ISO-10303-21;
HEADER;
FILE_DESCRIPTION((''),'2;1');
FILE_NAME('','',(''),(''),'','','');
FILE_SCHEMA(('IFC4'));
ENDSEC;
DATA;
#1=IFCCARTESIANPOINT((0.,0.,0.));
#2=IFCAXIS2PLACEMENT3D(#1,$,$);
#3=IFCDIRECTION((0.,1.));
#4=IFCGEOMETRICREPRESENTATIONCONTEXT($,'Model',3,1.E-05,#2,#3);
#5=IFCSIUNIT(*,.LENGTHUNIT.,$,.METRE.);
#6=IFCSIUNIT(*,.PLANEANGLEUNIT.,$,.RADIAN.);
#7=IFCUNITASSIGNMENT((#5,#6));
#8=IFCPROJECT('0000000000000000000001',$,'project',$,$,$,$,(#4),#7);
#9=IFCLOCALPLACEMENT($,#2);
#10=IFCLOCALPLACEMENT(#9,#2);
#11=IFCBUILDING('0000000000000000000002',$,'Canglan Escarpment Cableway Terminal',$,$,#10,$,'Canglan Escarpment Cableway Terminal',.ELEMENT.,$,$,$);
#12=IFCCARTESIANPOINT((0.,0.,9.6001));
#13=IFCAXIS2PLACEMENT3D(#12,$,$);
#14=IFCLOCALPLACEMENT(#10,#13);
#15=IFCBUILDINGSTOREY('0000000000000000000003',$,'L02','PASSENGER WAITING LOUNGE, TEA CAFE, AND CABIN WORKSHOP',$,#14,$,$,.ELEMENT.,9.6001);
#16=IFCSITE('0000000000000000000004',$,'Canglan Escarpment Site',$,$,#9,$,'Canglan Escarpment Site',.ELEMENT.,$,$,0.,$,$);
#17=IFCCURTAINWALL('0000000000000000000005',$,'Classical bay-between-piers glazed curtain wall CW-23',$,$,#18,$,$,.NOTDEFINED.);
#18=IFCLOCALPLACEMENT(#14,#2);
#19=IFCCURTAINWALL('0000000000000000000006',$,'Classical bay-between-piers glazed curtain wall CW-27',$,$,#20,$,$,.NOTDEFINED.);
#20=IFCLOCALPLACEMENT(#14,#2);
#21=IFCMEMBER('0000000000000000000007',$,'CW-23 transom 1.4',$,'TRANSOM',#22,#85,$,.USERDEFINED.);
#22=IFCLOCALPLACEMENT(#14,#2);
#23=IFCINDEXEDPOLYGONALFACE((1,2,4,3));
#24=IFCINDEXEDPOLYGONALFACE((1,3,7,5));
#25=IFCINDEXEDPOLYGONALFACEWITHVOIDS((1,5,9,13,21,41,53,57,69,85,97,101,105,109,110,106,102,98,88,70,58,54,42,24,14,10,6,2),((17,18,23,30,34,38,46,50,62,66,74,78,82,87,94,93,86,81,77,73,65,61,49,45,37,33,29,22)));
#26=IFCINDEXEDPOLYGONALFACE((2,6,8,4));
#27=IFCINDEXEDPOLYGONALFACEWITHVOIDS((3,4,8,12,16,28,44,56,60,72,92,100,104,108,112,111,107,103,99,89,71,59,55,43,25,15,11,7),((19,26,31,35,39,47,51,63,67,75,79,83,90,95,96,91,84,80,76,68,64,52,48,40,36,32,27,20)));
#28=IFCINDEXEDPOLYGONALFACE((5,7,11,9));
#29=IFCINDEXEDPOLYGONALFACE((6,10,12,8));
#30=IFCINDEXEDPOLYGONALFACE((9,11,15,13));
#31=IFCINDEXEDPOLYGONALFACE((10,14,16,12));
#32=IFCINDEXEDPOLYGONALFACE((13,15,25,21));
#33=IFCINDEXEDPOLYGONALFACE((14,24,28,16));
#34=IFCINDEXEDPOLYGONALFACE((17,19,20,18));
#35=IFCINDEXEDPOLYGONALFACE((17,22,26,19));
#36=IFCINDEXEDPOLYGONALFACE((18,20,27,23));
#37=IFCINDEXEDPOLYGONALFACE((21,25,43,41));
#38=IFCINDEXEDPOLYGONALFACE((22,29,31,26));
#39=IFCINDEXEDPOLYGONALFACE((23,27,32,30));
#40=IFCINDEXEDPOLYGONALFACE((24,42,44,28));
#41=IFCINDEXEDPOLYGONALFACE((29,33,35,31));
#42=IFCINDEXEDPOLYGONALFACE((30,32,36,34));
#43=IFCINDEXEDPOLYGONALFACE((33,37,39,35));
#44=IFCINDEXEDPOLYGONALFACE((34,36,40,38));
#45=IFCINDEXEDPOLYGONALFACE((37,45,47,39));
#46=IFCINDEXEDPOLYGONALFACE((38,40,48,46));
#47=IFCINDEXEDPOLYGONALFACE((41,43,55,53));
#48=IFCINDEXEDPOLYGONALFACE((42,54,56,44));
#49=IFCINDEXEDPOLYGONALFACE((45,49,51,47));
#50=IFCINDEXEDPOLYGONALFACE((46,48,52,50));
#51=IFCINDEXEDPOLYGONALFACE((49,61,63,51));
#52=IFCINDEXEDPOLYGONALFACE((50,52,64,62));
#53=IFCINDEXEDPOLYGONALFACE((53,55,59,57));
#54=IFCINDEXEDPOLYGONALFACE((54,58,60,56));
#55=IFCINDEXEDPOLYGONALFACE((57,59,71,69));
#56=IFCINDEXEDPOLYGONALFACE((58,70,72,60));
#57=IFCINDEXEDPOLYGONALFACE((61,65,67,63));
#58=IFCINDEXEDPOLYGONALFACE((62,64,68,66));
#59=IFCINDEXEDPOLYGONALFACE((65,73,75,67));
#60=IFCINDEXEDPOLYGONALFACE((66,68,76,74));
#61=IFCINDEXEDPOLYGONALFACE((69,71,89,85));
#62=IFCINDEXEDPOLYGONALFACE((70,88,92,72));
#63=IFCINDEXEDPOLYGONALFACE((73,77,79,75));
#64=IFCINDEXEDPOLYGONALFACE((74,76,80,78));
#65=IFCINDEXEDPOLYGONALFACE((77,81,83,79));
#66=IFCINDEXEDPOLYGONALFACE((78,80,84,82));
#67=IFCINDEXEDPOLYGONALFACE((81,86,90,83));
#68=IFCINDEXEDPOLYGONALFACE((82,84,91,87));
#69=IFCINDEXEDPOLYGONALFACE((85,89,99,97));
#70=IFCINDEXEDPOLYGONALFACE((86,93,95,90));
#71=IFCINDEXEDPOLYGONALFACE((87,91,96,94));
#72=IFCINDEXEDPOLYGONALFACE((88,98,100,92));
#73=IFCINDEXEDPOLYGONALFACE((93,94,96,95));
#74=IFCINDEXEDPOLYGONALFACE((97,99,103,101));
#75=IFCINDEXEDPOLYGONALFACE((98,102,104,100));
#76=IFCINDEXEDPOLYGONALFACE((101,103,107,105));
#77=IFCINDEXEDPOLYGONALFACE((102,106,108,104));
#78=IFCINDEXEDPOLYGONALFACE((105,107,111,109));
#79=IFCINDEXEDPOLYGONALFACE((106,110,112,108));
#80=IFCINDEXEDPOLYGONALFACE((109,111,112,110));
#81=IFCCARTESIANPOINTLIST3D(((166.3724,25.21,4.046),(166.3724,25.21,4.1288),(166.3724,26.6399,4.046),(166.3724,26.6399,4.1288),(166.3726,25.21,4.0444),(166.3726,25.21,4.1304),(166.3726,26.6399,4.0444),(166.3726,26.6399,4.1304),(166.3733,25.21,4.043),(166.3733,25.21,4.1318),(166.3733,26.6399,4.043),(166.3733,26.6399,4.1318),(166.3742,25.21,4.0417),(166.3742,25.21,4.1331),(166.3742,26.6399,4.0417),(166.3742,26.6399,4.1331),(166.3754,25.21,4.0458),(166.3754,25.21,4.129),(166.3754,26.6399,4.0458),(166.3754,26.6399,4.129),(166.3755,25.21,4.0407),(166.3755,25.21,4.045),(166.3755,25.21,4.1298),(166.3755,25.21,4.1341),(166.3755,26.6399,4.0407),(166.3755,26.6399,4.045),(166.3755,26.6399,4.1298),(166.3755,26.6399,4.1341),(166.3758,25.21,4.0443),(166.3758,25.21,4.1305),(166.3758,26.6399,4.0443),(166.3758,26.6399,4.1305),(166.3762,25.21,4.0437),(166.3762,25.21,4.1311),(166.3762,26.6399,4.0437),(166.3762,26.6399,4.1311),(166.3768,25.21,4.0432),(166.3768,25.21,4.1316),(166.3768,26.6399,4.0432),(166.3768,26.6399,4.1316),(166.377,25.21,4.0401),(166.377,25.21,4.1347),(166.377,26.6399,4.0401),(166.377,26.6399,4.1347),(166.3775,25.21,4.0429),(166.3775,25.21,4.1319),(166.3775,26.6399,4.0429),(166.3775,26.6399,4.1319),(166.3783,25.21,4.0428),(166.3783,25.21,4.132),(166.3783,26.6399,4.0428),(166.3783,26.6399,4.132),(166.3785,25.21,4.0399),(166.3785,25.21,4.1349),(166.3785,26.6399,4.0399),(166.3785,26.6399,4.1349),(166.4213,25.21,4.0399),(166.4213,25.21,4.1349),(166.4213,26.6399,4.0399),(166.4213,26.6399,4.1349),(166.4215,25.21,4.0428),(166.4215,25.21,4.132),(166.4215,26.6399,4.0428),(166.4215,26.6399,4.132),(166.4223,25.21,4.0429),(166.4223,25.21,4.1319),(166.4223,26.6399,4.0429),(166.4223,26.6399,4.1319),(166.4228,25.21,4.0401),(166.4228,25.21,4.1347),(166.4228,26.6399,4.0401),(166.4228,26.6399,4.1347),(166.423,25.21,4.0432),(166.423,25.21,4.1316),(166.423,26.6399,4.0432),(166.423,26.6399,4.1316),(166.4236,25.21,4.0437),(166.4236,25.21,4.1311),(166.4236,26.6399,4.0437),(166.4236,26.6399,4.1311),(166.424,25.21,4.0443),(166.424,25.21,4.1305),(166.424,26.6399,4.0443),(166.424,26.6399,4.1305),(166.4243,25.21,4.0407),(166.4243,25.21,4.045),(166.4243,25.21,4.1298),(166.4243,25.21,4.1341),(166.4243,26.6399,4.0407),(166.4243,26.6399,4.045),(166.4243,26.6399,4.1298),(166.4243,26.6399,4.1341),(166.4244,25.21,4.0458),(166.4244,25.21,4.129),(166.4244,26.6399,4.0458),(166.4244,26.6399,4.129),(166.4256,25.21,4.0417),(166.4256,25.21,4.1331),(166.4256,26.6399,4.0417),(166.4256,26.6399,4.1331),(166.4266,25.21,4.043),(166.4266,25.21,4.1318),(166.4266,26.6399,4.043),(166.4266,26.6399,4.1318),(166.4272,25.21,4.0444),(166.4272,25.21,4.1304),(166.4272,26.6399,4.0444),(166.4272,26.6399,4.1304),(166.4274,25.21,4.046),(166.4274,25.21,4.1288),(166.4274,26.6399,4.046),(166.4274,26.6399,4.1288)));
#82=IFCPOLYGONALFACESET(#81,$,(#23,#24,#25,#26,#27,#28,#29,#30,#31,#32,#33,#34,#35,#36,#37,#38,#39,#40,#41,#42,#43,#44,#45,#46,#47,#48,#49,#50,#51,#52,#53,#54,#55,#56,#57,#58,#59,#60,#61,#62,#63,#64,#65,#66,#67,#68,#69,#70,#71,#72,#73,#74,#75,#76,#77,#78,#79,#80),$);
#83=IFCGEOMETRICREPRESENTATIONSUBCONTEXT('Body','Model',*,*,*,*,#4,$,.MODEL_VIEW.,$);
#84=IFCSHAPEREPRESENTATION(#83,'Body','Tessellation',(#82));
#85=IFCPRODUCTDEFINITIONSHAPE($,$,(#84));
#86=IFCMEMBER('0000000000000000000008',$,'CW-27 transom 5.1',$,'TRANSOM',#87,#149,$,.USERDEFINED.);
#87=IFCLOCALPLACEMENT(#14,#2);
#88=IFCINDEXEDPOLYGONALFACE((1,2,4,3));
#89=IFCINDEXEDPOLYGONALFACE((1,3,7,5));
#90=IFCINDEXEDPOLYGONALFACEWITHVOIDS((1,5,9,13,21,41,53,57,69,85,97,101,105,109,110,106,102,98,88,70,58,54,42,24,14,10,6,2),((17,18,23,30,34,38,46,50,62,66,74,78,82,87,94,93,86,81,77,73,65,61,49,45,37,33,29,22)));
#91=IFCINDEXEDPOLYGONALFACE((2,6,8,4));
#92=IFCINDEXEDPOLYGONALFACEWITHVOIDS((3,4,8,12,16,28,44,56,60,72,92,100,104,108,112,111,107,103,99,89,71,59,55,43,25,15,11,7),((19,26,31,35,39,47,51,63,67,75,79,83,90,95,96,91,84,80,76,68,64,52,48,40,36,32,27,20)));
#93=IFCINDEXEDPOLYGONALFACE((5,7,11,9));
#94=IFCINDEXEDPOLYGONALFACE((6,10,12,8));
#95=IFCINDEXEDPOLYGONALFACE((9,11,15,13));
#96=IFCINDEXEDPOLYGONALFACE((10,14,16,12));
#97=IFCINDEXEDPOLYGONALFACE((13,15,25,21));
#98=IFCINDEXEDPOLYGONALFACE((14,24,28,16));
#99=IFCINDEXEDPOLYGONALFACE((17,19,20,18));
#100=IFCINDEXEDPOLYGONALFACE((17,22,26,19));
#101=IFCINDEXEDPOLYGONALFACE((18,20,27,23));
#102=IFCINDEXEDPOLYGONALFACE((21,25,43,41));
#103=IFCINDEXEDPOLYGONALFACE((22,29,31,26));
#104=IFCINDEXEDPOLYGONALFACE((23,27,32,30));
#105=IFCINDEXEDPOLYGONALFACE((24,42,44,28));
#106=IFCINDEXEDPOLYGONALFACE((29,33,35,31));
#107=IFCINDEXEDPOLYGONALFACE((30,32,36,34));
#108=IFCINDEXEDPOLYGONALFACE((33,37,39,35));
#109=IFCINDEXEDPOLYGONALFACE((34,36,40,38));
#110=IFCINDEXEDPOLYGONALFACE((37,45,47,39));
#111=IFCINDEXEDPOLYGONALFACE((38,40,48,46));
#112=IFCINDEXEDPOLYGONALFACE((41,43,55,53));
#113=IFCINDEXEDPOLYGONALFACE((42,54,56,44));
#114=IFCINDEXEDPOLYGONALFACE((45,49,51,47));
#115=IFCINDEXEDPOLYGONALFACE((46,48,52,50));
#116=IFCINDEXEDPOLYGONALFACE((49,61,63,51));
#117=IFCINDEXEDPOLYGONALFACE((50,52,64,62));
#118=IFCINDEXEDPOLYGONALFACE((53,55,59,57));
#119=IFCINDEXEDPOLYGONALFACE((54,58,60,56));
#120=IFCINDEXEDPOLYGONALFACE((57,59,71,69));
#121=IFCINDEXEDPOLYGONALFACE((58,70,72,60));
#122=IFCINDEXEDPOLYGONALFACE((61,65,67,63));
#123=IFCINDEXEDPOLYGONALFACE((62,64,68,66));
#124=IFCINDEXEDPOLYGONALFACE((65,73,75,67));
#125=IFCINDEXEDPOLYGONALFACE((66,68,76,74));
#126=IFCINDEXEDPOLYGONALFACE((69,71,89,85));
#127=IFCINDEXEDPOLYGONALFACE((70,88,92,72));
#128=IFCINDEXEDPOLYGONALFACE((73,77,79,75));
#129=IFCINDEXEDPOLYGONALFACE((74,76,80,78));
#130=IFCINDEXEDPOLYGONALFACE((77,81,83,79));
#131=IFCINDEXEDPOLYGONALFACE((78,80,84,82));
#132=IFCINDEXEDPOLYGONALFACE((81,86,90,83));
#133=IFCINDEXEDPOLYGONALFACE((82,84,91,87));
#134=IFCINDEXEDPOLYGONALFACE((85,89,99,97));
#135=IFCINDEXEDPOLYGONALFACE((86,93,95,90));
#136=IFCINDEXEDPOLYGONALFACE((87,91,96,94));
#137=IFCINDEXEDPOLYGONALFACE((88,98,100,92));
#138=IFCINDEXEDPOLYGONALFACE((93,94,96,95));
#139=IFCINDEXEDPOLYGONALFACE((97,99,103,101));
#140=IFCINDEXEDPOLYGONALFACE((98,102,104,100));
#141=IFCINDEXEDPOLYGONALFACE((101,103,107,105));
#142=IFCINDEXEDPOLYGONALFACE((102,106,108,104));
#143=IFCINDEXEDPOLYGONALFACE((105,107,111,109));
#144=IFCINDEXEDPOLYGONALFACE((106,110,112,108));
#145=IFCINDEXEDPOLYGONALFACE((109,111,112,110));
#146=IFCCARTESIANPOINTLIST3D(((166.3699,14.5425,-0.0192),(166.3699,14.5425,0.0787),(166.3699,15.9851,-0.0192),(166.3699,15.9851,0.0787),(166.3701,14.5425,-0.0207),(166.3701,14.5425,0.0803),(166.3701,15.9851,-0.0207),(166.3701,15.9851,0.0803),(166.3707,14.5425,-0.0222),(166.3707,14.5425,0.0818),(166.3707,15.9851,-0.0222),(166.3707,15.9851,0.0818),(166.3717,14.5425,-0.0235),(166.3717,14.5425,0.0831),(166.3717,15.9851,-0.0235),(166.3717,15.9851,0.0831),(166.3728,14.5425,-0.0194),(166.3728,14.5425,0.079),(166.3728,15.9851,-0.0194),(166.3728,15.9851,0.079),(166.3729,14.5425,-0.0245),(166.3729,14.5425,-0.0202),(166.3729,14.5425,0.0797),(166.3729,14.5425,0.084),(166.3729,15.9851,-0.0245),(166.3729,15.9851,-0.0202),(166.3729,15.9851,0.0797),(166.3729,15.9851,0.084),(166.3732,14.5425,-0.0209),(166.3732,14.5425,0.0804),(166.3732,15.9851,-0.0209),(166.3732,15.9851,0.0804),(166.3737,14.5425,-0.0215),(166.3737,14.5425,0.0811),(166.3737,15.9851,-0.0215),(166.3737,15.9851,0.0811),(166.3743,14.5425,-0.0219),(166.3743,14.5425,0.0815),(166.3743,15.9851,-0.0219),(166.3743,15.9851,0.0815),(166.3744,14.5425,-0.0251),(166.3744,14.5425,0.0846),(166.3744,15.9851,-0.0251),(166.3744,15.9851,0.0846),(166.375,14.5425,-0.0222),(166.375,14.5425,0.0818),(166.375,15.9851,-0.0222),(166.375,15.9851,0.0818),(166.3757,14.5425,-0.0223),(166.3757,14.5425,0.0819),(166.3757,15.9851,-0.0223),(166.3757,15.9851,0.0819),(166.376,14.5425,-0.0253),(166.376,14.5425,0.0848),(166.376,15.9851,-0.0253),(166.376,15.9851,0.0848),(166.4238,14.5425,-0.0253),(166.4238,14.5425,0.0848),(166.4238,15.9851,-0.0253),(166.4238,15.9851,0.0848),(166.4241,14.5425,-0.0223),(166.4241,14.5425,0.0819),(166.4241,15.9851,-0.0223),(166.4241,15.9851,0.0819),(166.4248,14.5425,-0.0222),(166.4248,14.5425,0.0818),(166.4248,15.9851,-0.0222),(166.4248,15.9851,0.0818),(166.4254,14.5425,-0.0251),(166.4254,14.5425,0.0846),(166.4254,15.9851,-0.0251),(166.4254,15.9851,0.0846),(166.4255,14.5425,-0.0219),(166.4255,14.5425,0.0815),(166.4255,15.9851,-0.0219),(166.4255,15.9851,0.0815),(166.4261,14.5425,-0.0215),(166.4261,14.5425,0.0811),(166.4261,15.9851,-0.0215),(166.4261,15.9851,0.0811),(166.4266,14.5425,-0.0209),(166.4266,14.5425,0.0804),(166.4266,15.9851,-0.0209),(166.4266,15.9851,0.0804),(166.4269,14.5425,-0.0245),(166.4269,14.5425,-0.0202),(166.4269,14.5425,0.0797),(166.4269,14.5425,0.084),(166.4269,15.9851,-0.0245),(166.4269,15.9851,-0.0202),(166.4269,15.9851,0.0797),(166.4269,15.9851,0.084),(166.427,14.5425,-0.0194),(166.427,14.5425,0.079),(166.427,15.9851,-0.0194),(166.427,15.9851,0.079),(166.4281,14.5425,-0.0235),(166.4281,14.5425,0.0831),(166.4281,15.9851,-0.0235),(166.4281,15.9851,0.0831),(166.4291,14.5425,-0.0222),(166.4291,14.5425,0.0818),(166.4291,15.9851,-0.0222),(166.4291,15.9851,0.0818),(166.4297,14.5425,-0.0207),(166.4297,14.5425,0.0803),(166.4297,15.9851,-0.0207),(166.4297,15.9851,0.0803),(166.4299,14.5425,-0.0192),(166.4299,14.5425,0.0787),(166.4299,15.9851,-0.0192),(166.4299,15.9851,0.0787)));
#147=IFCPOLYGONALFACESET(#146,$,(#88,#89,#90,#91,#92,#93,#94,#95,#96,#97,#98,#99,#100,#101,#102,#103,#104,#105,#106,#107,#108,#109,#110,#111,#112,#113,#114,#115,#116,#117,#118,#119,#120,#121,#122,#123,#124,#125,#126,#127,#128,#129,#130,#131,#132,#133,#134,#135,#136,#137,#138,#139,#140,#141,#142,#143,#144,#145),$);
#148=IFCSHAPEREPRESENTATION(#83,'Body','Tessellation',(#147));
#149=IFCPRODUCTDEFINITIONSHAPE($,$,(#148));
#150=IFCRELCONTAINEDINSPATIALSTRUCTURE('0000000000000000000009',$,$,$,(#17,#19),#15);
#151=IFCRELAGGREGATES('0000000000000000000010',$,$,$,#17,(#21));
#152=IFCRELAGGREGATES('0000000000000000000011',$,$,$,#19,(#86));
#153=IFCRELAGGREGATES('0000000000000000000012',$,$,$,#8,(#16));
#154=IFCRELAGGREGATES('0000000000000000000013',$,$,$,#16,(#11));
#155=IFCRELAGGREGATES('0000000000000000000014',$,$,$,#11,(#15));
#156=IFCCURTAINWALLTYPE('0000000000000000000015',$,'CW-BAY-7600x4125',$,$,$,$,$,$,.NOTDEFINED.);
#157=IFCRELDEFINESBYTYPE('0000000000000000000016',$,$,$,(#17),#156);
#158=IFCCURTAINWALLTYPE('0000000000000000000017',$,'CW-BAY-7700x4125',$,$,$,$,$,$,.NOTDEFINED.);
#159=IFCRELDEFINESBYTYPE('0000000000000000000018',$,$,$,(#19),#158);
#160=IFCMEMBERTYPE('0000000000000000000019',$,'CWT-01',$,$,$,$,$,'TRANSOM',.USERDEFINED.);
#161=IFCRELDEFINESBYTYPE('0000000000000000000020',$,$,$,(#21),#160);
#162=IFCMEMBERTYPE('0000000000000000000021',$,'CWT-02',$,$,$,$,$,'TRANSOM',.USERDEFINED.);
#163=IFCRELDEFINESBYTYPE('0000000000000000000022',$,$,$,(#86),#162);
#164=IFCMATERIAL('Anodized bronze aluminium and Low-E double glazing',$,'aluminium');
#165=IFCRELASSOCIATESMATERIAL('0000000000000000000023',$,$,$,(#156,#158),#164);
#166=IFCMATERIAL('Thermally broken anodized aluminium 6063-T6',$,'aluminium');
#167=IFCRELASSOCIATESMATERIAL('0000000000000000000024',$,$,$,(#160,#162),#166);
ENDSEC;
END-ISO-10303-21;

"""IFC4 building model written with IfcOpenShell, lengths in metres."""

from ifc_helpers import new_model, si_unit, direction, frame, origin, origin_2d, place, context, subcontext, project, spatial, hollow_rectangle, extrude, material, material_profile, profile_set, type_object, element, aggregate, save


model = new_model("IFC4")

# Units and contexts
model_context = context("Model", 3, precision=1e-05, world=origin(), true_north=direction((0.0, 1.0)))
body_context = subcontext(model_context, "Body", "Model", "MODEL_VIEW")
ifc_project = project(units=[si_unit("LENGTHUNIT", "METRE"), si_unit("PLANEANGLEUNIT", "RADIAN")], contexts=[model_context])

# Site, building, storey
site_placement = place(None, origin())
site = spatial("IfcSite", under=ifc_project, at=site_placement, Name="Canglan Escarpment Site", LongName="Canglan Escarpment Site", CompositionType="ELEMENT", RefElevation=0.0)
building_placement = place(site_placement, origin())
building = spatial("IfcBuilding", under=site, at=building_placement, Name="Canglan Escarpment Cableway Terminal", LongName="Canglan Escarpment Cableway Terminal", CompositionType="ELEMENT")
storey_placement = place(building_placement, frame((0.0, 0.0, 9.6001)))
storey = spatial("IfcBuildingStorey", under=building, at=storey_placement, Name="L02", Description="PASSENGER WAITING LOUNGE, TEA CAFE, AND CABIN WORKSHOP", CompositionType="ELEMENT", Elevation=9.6001)

# Curtain wall
ifc_material_1 = material(Name="Anodized bronze aluminium and Low-E double glazing", Category="aluminium")
curtain_wall_type_1 = type_object("IfcCurtainWallType", Name="CW-BAY-7600x4125", PredefinedType="NOTDEFINED", material=ifc_material_1)
curtain_wall_1_placement = place(storey_placement, origin())
curtain_wall_1 = element("IfcCurtainWall", 1, at=curtain_wall_1_placement, inside=storey, type_object=curtain_wall_type_1, Name="Classical bay-between-piers glazed curtain wall CW-23", PredefinedType="NOTDEFINED")
ifc_material_2 = material(Name="Thermally broken anodized aluminium 6063-T6", Category="aluminium")

# Curtain wall
curtain_wall_type_2 = type_object("IfcCurtainWallType", Name="CW-BAY-7700x4125", PredefinedType="NOTDEFINED", material=ifc_material_1)
curtain_wall_2_placement = place(storey_placement, origin())
curtain_wall_2 = element("IfcCurtainWall", 2, at=curtain_wall_2_placement, inside=storey, type_object=curtain_wall_type_2, Name="Classical bay-between-piers glazed curtain wall CW-27", PredefinedType="NOTDEFINED")

# Members
ifc_material_profile_1 = material_profile(ifc_material_2, hollow_rectangle(XDim=0.0549, YDim=0.095, WallThickness=0.0029, InnerFilletRadius=0.0029, OuterFilletRadius=0.0061, at=origin_2d()), Name="ALU-TRAN 55x95x3")
ifc_profile_set_1 = profile_set([ifc_material_profile_1], Name="Thermally broken anodized aluminium 6063-T6")
member_type_1 = type_object("IfcMemberType", Name="CWT-01", ElementType="TRANSOM", PredefinedType="USERDEFINED", material=ifc_profile_set_1)
member_1_placement = place(storey_placement, frame((166.3999, 25.21, 4.0874), z_axis=(0.0, 1.0, 0.0), x_axis=(-1.0, 0.0, 0.0)))
member_1 = element("IfcMember", 3, at=member_1_placement, type_object=member_type_1, Name="CW-23 transom 1.4", ObjectType="TRANSOM", PredefinedType="USERDEFINED", context=body_context, shape_type="SweptSolid", body=[
    extrude(hollow_rectangle(XDim=0.0549, YDim=0.095, WallThickness=0.0029, InnerFilletRadius=0.0029, OuterFilletRadius=0.0061, at=origin_2d()), origin(), (0.0, 0.0, 1.0), 1.4299),
])
aggregate(curtain_wall_1, [member_1])
ifc_material_profile_2 = material_profile(ifc_material_2, hollow_rectangle(XDim=0.0601, YDim=0.1101, WallThickness=0.0029, InnerFilletRadius=0.0029, OuterFilletRadius=0.0061, at=origin_2d()), Name="ALU-TRAN 60x110x3")
ifc_profile_set_2 = profile_set([ifc_material_profile_2], Name="Thermally broken anodized aluminium 6063-T6")
member_type_2 = type_object("IfcMemberType", Name="CWT-02", ElementType="TRANSOM", PredefinedType="USERDEFINED", material=ifc_profile_set_2)
member_2_placement = place(storey_placement, frame((166.3999, 14.5425, 0.0298), z_axis=(0.0, 1.0, 0.0), x_axis=(-1.0, 0.0, 0.0)))
member_2 = element("IfcMember", 4, at=member_2_placement, type_object=member_type_2, Name="CW-27 transom 5.1", ObjectType="TRANSOM", PredefinedType="USERDEFINED", context=body_context, shape_type="SweptSolid", body=[
    extrude(hollow_rectangle(XDim=0.0601, YDim=0.1101, WallThickness=0.0029, InnerFilletRadius=0.0029, OuterFilletRadius=0.0061, at=origin_2d()), origin(), (0.0, 0.0, 1.0), 1.4426),
])

aggregate(curtain_wall_2, [member_2])

save(model, "model.ifc")
